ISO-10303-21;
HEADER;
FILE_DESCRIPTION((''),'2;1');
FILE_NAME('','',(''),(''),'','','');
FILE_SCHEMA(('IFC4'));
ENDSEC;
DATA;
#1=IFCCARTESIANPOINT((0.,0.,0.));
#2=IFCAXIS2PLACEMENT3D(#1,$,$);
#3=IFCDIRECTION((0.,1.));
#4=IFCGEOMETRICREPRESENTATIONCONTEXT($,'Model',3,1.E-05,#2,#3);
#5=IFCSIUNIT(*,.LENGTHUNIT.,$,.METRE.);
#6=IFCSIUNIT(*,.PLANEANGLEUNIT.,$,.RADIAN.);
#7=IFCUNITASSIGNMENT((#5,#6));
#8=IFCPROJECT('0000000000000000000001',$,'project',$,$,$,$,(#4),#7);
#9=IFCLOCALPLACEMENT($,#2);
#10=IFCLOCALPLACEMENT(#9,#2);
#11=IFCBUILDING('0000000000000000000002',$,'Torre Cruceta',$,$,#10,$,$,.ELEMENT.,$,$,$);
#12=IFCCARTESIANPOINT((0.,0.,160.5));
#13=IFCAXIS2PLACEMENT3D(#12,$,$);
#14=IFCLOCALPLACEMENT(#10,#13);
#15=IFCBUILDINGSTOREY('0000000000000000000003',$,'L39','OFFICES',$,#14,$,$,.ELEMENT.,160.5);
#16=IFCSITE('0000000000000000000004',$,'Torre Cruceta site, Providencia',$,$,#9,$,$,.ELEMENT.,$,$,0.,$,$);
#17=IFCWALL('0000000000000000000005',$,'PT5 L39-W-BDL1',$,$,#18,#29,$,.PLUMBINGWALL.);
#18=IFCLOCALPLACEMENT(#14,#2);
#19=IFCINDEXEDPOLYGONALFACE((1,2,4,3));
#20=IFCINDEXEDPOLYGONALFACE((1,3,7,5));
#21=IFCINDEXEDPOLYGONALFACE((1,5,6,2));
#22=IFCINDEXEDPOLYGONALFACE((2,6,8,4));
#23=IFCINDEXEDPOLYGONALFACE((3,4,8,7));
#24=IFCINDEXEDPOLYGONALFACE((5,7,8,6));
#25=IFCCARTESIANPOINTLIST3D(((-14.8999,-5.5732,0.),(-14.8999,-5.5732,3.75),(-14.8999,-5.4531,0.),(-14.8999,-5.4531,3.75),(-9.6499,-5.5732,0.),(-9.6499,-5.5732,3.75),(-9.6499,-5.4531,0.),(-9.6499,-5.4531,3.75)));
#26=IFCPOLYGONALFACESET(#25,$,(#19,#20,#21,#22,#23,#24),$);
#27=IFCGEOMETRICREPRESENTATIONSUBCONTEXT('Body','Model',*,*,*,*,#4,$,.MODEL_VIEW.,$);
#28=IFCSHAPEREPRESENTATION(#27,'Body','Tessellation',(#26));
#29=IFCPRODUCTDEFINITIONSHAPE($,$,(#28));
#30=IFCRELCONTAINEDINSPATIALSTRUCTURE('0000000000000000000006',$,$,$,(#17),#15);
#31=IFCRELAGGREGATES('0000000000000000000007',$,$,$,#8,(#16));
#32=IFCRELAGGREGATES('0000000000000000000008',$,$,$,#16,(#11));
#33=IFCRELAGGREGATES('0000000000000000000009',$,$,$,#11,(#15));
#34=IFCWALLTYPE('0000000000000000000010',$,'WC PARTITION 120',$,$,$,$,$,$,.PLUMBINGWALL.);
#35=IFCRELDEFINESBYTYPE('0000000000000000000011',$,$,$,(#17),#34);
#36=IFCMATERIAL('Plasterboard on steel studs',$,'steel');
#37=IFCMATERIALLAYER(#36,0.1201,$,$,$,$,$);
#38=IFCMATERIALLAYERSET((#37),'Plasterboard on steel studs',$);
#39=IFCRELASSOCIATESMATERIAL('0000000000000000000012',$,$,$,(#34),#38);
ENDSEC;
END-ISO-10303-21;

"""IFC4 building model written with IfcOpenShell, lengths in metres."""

from ifc_helpers import new_model, si_unit, direction, frame, frame_2d, origin, place, context, subcontext, project, spatial, rectangle, extrude, material, layer, layer_set, type_object, element, save


model = new_model("IFC4")

# Units and contexts
model_context = context("Model", 3, precision=1e-05, world=origin(), true_north=direction((0.0, 1.0)))
body_context = subcontext(model_context, "Body", "Model", "MODEL_VIEW")
ifc_project = project(units=[si_unit("LENGTHUNIT", "METRE"), si_unit("PLANEANGLEUNIT", "RADIAN")], contexts=[model_context])

# Site, building, storey
site_placement = place(None, origin())
site = spatial("IfcSite", under=ifc_project, at=site_placement, Name="Torre Cruceta site, Providencia", CompositionType="ELEMENT", RefElevation=0.0)
building_placement = place(site_placement, origin())
building = spatial("IfcBuilding", under=site, at=building_placement, Name="Torre Cruceta", CompositionType="ELEMENT")
storey_placement = place(building_placement, frame((0.0, 0.0, 160.5)))
storey = spatial("IfcBuildingStorey", under=building, at=storey_placement, Name="L39", Description="OFFICES", CompositionType="ELEMENT", Elevation=160.5)

# Wall
ifc_material_1 = material(Name="Plasterboard on steel studs", Category="steel")
ifc_layer_1 = layer(ifc_material_1, 0.1201)
ifc_layer_set_1 = layer_set([ifc_layer_1], Name="Plasterboard on steel studs")
wall_type_1 = type_object("IfcWallType", Name="WC PARTITION 120", PredefinedType="PLUMBINGWALL", material=ifc_layer_set_1)
wall_1_placement = place(storey_placement, frame((-9.6499, -5.5132, 0.0), z_axis=(0.0, 0.0, 1.0), x_axis=(-1.0, 0.0, 0.0)))
element("IfcWall", 1, at=wall_1_placement, inside=storey, type_object=wall_type_1, Name="PT5 L39-W-BDL1", PredefinedType="PLUMBINGWALL", context=body_context, shape_type="SweptSolid", body=[
    extrude(rectangle(XDim=5.25, YDim=0.1201, at=frame_2d((2.625, 0.0))), origin(), (0.0, 0.0, 1.0), 3.75),
])

save(model, "model.ifc")
